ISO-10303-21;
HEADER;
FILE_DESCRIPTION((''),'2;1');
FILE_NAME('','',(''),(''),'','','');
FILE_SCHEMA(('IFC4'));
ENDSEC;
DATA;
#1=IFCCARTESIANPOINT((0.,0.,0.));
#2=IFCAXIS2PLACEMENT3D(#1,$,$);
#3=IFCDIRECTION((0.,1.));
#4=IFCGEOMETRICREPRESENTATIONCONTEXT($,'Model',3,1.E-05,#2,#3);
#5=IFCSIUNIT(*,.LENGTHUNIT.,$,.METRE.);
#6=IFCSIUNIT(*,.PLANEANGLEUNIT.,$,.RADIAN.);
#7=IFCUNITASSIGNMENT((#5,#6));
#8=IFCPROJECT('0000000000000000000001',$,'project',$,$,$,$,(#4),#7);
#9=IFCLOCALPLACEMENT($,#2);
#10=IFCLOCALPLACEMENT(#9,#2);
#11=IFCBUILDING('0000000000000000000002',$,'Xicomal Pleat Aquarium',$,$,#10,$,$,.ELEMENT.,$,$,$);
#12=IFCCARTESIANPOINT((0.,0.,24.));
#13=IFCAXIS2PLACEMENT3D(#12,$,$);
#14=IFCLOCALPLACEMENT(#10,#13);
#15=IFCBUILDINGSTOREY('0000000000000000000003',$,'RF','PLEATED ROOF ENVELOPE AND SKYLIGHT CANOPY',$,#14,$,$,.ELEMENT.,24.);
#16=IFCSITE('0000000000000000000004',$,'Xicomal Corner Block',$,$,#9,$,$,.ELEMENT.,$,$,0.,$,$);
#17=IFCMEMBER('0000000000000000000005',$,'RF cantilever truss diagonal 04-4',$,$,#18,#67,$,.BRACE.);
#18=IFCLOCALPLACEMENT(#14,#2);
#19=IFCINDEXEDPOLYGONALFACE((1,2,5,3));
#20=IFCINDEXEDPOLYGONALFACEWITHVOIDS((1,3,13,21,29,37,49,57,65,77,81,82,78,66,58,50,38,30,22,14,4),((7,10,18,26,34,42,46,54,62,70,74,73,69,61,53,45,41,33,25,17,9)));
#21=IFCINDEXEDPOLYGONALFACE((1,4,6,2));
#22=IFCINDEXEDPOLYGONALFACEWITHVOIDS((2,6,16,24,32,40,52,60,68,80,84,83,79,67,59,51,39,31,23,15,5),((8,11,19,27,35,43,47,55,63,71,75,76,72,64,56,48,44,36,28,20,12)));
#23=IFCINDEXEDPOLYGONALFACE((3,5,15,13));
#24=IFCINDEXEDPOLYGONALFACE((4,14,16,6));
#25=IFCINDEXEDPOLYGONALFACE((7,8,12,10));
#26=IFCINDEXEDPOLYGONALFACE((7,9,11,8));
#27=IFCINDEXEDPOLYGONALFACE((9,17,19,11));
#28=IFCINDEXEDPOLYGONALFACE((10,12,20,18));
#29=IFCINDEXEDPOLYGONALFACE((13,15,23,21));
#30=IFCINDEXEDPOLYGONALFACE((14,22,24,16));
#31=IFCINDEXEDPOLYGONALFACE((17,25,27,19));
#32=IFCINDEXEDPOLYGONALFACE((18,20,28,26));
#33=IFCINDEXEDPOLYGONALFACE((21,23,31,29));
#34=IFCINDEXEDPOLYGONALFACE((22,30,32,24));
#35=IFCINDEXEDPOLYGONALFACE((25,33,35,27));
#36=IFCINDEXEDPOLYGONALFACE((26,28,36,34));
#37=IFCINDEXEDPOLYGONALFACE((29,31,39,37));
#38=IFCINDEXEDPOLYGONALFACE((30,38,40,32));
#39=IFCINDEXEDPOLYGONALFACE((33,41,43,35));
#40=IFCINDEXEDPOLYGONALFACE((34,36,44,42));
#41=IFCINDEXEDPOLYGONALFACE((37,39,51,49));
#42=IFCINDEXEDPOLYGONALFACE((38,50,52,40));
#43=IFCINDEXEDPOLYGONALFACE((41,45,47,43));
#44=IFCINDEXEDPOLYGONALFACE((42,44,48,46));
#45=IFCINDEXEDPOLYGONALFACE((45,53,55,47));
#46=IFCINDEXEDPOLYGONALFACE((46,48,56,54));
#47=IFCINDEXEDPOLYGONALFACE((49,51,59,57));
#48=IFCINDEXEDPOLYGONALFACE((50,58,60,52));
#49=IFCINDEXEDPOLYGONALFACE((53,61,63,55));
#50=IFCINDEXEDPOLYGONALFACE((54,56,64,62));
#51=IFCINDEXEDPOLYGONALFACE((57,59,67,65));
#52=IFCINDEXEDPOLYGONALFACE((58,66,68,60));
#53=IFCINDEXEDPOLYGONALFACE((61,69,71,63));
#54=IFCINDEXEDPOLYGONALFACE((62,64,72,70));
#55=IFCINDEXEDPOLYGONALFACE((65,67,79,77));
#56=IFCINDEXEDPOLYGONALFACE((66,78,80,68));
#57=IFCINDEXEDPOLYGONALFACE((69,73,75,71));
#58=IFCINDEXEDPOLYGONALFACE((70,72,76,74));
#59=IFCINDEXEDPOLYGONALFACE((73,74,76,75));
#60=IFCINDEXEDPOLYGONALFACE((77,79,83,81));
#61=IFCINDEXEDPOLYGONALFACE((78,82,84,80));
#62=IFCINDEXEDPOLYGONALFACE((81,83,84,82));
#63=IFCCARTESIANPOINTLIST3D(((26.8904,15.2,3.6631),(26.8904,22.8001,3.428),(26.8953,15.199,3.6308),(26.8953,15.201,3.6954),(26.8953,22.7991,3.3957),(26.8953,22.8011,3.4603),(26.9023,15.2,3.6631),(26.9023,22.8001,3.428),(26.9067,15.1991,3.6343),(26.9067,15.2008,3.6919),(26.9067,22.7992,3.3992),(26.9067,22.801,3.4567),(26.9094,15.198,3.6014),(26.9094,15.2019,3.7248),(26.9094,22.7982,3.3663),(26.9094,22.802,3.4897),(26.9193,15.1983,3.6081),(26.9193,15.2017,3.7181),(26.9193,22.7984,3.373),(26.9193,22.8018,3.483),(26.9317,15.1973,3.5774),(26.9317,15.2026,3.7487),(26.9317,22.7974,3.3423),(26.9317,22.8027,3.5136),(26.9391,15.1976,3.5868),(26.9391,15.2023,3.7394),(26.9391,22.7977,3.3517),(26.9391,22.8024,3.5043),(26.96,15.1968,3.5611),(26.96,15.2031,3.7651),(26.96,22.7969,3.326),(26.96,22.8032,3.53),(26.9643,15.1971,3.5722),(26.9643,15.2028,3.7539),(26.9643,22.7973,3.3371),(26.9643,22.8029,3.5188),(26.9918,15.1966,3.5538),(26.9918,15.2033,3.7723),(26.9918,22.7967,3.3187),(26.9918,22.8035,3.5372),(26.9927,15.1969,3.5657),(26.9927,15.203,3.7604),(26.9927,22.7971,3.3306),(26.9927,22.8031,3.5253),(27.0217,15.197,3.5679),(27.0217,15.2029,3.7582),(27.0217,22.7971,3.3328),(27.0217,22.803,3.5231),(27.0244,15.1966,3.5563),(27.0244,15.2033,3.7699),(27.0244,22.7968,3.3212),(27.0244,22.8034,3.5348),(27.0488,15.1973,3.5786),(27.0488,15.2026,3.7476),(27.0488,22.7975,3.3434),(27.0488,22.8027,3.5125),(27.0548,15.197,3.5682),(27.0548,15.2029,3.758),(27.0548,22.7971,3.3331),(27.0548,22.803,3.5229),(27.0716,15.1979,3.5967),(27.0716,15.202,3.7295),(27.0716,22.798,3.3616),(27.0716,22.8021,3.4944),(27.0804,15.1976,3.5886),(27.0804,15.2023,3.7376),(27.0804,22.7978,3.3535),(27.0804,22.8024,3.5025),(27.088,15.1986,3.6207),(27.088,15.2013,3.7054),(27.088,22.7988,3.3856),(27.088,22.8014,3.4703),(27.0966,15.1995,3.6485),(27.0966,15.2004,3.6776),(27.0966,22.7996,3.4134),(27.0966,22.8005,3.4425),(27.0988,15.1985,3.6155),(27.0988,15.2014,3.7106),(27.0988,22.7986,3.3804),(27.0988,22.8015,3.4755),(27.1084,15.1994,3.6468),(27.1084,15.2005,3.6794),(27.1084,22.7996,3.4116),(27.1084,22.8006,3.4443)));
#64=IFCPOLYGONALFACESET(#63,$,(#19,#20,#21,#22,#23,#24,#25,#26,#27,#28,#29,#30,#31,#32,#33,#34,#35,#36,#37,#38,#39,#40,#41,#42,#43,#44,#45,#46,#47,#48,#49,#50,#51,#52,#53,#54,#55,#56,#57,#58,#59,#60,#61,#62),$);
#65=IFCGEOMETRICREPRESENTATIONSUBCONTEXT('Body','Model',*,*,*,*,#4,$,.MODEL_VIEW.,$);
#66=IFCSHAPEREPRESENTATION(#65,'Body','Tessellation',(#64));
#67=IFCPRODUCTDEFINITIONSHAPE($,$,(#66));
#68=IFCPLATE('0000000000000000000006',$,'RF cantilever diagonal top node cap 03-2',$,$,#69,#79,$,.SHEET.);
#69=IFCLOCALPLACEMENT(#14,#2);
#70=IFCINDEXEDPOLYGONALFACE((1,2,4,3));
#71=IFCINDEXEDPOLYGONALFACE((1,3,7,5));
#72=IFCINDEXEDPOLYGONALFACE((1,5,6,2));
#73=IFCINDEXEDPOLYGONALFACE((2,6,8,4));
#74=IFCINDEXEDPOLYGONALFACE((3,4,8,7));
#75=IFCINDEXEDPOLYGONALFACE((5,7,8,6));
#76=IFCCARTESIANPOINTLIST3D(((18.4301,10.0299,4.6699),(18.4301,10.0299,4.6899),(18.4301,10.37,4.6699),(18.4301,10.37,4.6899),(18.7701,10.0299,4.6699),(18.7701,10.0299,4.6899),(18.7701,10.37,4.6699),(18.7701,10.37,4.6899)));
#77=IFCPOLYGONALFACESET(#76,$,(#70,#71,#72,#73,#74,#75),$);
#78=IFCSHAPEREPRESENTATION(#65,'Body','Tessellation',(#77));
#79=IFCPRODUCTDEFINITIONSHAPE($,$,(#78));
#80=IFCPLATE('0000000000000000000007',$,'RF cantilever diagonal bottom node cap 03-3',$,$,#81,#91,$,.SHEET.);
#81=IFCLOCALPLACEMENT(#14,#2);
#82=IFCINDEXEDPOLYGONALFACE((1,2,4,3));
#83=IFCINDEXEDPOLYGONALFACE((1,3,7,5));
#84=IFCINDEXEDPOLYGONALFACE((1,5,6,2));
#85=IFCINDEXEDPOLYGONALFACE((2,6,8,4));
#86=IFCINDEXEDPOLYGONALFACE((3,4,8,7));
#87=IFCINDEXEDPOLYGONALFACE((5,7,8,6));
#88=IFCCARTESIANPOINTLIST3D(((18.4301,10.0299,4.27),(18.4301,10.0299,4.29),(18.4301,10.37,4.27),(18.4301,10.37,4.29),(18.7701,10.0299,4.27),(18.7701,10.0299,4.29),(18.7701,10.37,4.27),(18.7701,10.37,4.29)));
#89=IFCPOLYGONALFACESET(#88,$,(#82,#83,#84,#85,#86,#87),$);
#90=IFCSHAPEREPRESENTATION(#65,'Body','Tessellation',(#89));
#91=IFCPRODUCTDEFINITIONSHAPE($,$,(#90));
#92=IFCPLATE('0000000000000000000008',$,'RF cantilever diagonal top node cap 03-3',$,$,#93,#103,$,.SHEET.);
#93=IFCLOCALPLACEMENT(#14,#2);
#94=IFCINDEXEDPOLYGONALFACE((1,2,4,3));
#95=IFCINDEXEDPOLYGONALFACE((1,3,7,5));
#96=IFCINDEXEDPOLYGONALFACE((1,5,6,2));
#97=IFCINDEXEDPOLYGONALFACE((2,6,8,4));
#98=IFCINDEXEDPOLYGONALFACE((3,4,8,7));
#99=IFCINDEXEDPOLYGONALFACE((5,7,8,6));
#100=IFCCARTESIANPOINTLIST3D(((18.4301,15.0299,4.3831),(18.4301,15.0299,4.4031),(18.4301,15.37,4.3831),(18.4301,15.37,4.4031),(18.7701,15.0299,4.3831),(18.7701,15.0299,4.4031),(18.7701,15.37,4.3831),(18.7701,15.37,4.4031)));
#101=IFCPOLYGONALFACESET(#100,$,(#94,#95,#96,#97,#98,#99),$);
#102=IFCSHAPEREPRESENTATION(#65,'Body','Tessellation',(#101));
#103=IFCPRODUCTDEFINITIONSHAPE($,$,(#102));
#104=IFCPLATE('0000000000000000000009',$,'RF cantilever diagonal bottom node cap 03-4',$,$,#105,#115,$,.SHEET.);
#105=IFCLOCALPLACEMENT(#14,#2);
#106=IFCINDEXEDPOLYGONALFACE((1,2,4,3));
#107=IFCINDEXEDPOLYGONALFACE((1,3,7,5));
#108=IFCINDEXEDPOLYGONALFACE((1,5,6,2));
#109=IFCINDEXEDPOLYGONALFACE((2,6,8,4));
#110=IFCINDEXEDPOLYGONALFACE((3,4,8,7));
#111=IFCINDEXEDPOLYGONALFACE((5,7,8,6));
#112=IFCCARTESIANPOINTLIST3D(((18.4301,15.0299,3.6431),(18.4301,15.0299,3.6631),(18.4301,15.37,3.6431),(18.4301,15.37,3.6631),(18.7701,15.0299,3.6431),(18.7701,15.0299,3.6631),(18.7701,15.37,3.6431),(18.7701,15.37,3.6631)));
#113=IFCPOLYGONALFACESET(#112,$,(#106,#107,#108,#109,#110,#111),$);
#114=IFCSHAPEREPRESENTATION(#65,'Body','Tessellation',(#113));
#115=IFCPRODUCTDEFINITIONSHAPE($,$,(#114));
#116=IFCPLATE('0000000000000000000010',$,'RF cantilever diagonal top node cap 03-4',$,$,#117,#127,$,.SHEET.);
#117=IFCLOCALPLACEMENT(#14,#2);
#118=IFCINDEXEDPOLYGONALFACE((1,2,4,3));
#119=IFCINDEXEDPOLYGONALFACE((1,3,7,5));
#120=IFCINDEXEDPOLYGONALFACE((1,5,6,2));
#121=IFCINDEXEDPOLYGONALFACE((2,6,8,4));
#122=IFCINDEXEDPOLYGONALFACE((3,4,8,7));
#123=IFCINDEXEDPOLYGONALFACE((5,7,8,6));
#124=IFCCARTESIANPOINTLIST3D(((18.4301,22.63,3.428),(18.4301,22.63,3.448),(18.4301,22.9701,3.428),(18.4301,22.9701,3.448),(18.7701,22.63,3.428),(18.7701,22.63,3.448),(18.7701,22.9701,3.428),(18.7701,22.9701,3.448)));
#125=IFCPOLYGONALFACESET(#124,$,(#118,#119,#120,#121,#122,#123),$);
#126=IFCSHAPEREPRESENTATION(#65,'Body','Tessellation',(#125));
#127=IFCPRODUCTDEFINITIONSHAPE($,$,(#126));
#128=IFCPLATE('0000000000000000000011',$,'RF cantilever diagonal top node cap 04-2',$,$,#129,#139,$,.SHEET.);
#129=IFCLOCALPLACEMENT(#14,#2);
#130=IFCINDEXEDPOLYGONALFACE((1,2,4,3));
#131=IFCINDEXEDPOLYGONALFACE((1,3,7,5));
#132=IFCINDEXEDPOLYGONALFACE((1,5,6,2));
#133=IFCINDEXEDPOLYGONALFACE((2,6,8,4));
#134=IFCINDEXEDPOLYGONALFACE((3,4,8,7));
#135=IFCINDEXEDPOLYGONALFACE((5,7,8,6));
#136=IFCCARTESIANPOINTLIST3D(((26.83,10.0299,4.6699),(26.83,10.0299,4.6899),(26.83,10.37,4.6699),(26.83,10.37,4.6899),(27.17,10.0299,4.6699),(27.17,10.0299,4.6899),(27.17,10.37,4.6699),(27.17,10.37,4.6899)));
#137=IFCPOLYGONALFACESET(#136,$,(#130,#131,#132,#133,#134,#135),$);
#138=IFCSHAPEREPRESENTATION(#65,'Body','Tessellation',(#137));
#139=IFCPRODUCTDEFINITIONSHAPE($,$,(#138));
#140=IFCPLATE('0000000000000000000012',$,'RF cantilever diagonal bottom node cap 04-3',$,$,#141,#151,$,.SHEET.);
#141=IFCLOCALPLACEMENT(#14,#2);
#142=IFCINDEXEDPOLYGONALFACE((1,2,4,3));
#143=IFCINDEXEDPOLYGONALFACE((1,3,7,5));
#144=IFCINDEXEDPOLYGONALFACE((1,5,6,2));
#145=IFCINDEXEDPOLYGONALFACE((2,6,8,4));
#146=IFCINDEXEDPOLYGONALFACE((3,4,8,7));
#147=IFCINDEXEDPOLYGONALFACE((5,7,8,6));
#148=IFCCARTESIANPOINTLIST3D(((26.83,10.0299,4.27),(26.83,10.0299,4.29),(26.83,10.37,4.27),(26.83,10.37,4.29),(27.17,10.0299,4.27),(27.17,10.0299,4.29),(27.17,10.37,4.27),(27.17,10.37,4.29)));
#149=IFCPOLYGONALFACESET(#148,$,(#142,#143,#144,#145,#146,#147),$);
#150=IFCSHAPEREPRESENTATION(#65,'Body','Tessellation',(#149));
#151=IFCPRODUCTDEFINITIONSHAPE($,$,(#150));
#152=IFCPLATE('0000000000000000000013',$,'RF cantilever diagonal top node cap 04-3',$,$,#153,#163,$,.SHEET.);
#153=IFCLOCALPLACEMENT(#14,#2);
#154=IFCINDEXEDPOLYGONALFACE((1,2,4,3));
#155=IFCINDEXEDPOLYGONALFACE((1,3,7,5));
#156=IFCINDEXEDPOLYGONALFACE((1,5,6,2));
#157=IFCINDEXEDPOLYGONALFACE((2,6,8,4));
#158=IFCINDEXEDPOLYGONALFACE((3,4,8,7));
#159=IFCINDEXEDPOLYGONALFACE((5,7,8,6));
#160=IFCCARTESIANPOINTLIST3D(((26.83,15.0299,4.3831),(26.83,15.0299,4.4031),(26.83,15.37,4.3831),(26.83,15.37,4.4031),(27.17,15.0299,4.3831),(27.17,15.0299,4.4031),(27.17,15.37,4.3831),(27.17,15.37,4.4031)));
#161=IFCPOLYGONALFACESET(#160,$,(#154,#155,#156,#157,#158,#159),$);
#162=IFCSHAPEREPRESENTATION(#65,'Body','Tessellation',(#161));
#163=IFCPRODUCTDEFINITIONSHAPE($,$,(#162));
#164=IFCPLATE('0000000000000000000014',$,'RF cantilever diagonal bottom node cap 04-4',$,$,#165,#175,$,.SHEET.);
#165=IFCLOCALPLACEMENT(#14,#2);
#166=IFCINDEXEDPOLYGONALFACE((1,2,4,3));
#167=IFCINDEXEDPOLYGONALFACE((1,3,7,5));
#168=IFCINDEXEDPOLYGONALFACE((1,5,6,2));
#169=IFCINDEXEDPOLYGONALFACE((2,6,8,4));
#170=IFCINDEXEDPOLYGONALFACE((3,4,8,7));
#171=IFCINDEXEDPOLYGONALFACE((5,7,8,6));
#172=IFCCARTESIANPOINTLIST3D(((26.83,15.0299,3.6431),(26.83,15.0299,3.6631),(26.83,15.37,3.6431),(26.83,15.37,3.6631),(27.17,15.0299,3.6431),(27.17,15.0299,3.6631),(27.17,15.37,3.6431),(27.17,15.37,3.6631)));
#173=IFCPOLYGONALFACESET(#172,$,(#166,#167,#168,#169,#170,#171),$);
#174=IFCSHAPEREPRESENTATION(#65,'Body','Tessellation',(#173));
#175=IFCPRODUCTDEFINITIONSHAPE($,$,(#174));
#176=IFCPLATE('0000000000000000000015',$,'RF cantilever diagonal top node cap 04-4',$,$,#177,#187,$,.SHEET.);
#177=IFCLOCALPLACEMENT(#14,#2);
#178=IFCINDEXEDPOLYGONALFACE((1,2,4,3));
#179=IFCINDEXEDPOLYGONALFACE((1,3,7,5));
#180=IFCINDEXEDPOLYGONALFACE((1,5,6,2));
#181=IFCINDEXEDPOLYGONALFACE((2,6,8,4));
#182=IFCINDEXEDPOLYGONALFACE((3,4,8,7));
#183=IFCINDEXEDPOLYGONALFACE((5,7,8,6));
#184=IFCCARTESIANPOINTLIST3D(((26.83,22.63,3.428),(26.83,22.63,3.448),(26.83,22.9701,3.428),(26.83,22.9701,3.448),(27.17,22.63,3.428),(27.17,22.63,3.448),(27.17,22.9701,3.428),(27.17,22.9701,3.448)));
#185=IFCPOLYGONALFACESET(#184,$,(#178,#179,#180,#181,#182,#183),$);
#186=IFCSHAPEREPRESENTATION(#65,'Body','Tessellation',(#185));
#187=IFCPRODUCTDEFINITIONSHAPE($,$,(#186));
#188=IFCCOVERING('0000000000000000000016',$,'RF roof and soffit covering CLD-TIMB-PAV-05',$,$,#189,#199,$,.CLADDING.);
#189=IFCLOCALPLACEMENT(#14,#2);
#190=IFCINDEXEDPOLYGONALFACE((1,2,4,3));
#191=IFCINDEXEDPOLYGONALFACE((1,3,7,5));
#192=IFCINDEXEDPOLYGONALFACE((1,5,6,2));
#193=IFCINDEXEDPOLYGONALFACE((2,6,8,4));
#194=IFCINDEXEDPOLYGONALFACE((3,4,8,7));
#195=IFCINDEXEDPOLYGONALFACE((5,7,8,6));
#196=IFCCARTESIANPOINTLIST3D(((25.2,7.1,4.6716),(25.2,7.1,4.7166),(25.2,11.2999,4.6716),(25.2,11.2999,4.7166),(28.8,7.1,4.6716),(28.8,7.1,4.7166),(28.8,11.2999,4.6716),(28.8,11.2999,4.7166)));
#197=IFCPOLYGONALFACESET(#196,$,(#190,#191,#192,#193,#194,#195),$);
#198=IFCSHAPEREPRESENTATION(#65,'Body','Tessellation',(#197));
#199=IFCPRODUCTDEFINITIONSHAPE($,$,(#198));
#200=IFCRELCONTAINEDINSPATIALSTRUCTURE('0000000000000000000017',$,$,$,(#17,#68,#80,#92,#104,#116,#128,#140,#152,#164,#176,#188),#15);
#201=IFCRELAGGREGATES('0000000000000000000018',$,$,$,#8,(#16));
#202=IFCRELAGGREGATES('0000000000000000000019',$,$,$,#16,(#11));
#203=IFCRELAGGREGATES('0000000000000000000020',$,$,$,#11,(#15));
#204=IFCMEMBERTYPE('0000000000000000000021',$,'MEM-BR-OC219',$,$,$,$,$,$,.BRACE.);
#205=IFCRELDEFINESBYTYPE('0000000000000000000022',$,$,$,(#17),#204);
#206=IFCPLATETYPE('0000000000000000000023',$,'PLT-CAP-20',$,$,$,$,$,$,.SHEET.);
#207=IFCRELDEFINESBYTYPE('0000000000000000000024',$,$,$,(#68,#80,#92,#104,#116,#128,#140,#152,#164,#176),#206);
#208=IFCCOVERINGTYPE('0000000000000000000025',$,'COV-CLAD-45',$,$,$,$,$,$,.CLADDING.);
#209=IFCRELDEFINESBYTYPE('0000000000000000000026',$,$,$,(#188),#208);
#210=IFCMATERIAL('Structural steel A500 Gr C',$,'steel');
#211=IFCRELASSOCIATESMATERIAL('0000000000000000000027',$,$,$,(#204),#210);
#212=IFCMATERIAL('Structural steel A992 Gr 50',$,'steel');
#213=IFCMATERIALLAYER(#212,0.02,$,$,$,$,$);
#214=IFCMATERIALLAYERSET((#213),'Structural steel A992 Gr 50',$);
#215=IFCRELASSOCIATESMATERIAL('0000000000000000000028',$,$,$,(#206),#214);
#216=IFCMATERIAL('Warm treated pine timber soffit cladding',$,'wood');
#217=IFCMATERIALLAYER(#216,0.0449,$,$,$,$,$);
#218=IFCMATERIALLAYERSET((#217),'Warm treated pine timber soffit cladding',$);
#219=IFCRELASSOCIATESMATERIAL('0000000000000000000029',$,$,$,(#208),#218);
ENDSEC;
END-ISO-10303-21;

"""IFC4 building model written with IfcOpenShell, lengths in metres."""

from ifc_helpers import new_model, si_unit, direction, frame, origin, origin_2d, place, context, subcontext, project, spatial, rectangle, hollow_circle, extrude, material, layer, layer_set, material_profile, profile_set, type_object, element, save


model = new_model("IFC4")

# Units and contexts
model_context = context("Model", 3, precision=1e-05, world=origin(), true_north=direction((0.0, 1.0)))
body_context = subcontext(model_context, "Body", "Model", "MODEL_VIEW")
ifc_project = project(units=[si_unit("LENGTHUNIT", "METRE"), si_unit("PLANEANGLEUNIT", "RADIAN")], contexts=[model_context])

# Site, building, storey
site_placement = place(None, origin())
site = spatial("IfcSite", under=ifc_project, at=site_placement, Name="Xicomal Corner Block", CompositionType="ELEMENT", RefElevation=0.0)
building_placement = place(site_placement, origin())
building = spatial("IfcBuilding", under=site, at=building_placement, Name="Xicomal Pleat Aquarium", CompositionType="ELEMENT")
storey_placement = place(building_placement, frame((0.0, 0.0, 24.0)))
storey = spatial("IfcBuildingStorey", under=building, at=storey_placement, Name="RF", Description="PLEATED ROOF ENVELOPE AND SKYLIGHT CANOPY", CompositionType="ELEMENT", Elevation=24.0)

# Member
ifc_material_1 = material(Name="Structural steel A500 Gr C", Category="steel")
ifc_material_profile_1 = material_profile(ifc_material_1, hollow_circle(Radius=0.1096, WallThickness=0.012, at=origin_2d()), Name="OC 219x12")
ifc_profile_set_1 = profile_set([ifc_material_profile_1], Name="Structural steel A500 Gr C")
member_type = type_object("IfcMemberType", Name="MEM-BR-OC219", PredefinedType="BRACE", material=ifc_profile_set_1)
member_1_placement = place(storey_placement, frame((27.0, 15.2, 3.6631), z_axis=(0.0, 0.999522, -0.03092), x_axis=(-1.0, 0.0, 0.0)))
element("IfcMember", 1, at=member_1_placement, inside=storey, type_object=member_type, Name="RF cantilever truss diagonal 04-4", PredefinedType="BRACE", context=body_context, shape_type="SweptSolid", body=[
    extrude(hollow_circle(Radius=0.1096, WallThickness=0.012, at=origin_2d()), origin(), (0.0, 0.0, 1.0), 7.6038),
])

# Plates
ifc_material_2 = material(Name="Structural steel A992 Gr 50", Category="steel")
ifc_layer_1 = layer(ifc_material_2, 0.02)
ifc_layer_set_1 = layer_set([ifc_layer_1], Name="Structural steel A992 Gr 50")
plate_type = type_object("IfcPlateType", Name="PLT-CAP-20", PredefinedType="SHEET", material=ifc_layer_set_1)
for number, where, z_axis, x_axis, name in (
    (2, (18.6001, 10.2, 4.6699), (0.0, 0.0, 1.0), (1.0, 0.0, 0.0), "RF cantilever diagonal top node cap 03-2"),
    (3, (18.6001, 10.2, 4.27), (0.0, 0.0, 1.0), (1.0, 0.0, 0.0), "RF cantilever diagonal bottom node cap 03-3"),
    (4, (18.6001, 15.2, 4.3831), (0.0, 0.0, 1.0), (1.0, 0.0, 0.0), "RF cantilever diagonal top node cap 03-3"),
    (5, (18.6001, 15.2, 3.6431), (0.0, 0.0, 1.0), (1.0, 0.0, 0.0), "RF cantilever diagonal bottom node cap 03-4"),
    (6, (18.6001, 22.8, 3.428), (0.0, 0.0, 1.0), (1.0, 0.0, 0.0), "RF cantilever diagonal top node cap 03-4"),
    (7, (27.0, 10.2, 4.6699), (0.0, 0.0, 1.0), (1.0, 0.0, 0.0), "RF cantilever diagonal top node cap 04-2"),
    (8, (27.0, 10.2, 4.27), (0.0, 0.0, 1.0), (1.0, 0.0, 0.0), "RF cantilever diagonal bottom node cap 04-3"),
    (9, (27.0, 15.2, 4.3831), (0.0, 0.0, 1.0), (1.0, 0.0, 0.0), "RF cantilever diagonal top node cap 04-3"),
    (10, (27.0, 15.2, 3.6431), (0.0, 0.0, 1.0), (1.0, 0.0, 0.0), "RF cantilever diagonal bottom node cap 04-4"),
    (11, (27.0, 22.8, 3.428), (0.0, 0.0, 1.0), (1.0, 0.0, 0.0), "RF cantilever diagonal top node cap 04-4"),
):
    element("IfcPlate", number, at=place(storey_placement, frame(where, z_axis=z_axis, x_axis=x_axis)), inside=storey, type_object=plate_type, Name=name, PredefinedType="SHEET", context=body_context, shape_type="SweptSolid", body=[
        extrude(rectangle(XDim=0.3401, YDim=0.3401, at=origin_2d()), origin(), (0.0, 0.0, 1.0), 0.02),
    ])

# Covering
ifc_material_3 = material(Name="Warm treated pine timber soffit cladding", Category="wood")
ifc_layer_2 = layer(ifc_material_3, 0.0449)
ifc_layer_set_2 = layer_set([ifc_layer_2], Name="Warm treated pine timber soffit cladding")
covering_type = type_object("IfcCoveringType", Name="COV-CLAD-45", PredefinedType="CLADDING", material=ifc_layer_set_2)
covering_placement = place(storey_placement, frame((27.0, 9.2, 4.6716), z_axis=(0.0, 0.0, 1.0), x_axis=(1.0, 0.0, 0.0)))
element("IfcCovering", 12, at=covering_placement, inside=storey, type_object=covering_type, Name="RF roof and soffit covering CLD-TIMB-PAV-05", PredefinedType="CLADDING", context=body_context, shape_type="SweptSolid", body=[
    extrude(rectangle(XDim=3.6001, YDim=4.2, at=origin_2d()), origin(), (0.0, 0.0, 1.0), 0.0449),
])

save(model, "model.ifc")
